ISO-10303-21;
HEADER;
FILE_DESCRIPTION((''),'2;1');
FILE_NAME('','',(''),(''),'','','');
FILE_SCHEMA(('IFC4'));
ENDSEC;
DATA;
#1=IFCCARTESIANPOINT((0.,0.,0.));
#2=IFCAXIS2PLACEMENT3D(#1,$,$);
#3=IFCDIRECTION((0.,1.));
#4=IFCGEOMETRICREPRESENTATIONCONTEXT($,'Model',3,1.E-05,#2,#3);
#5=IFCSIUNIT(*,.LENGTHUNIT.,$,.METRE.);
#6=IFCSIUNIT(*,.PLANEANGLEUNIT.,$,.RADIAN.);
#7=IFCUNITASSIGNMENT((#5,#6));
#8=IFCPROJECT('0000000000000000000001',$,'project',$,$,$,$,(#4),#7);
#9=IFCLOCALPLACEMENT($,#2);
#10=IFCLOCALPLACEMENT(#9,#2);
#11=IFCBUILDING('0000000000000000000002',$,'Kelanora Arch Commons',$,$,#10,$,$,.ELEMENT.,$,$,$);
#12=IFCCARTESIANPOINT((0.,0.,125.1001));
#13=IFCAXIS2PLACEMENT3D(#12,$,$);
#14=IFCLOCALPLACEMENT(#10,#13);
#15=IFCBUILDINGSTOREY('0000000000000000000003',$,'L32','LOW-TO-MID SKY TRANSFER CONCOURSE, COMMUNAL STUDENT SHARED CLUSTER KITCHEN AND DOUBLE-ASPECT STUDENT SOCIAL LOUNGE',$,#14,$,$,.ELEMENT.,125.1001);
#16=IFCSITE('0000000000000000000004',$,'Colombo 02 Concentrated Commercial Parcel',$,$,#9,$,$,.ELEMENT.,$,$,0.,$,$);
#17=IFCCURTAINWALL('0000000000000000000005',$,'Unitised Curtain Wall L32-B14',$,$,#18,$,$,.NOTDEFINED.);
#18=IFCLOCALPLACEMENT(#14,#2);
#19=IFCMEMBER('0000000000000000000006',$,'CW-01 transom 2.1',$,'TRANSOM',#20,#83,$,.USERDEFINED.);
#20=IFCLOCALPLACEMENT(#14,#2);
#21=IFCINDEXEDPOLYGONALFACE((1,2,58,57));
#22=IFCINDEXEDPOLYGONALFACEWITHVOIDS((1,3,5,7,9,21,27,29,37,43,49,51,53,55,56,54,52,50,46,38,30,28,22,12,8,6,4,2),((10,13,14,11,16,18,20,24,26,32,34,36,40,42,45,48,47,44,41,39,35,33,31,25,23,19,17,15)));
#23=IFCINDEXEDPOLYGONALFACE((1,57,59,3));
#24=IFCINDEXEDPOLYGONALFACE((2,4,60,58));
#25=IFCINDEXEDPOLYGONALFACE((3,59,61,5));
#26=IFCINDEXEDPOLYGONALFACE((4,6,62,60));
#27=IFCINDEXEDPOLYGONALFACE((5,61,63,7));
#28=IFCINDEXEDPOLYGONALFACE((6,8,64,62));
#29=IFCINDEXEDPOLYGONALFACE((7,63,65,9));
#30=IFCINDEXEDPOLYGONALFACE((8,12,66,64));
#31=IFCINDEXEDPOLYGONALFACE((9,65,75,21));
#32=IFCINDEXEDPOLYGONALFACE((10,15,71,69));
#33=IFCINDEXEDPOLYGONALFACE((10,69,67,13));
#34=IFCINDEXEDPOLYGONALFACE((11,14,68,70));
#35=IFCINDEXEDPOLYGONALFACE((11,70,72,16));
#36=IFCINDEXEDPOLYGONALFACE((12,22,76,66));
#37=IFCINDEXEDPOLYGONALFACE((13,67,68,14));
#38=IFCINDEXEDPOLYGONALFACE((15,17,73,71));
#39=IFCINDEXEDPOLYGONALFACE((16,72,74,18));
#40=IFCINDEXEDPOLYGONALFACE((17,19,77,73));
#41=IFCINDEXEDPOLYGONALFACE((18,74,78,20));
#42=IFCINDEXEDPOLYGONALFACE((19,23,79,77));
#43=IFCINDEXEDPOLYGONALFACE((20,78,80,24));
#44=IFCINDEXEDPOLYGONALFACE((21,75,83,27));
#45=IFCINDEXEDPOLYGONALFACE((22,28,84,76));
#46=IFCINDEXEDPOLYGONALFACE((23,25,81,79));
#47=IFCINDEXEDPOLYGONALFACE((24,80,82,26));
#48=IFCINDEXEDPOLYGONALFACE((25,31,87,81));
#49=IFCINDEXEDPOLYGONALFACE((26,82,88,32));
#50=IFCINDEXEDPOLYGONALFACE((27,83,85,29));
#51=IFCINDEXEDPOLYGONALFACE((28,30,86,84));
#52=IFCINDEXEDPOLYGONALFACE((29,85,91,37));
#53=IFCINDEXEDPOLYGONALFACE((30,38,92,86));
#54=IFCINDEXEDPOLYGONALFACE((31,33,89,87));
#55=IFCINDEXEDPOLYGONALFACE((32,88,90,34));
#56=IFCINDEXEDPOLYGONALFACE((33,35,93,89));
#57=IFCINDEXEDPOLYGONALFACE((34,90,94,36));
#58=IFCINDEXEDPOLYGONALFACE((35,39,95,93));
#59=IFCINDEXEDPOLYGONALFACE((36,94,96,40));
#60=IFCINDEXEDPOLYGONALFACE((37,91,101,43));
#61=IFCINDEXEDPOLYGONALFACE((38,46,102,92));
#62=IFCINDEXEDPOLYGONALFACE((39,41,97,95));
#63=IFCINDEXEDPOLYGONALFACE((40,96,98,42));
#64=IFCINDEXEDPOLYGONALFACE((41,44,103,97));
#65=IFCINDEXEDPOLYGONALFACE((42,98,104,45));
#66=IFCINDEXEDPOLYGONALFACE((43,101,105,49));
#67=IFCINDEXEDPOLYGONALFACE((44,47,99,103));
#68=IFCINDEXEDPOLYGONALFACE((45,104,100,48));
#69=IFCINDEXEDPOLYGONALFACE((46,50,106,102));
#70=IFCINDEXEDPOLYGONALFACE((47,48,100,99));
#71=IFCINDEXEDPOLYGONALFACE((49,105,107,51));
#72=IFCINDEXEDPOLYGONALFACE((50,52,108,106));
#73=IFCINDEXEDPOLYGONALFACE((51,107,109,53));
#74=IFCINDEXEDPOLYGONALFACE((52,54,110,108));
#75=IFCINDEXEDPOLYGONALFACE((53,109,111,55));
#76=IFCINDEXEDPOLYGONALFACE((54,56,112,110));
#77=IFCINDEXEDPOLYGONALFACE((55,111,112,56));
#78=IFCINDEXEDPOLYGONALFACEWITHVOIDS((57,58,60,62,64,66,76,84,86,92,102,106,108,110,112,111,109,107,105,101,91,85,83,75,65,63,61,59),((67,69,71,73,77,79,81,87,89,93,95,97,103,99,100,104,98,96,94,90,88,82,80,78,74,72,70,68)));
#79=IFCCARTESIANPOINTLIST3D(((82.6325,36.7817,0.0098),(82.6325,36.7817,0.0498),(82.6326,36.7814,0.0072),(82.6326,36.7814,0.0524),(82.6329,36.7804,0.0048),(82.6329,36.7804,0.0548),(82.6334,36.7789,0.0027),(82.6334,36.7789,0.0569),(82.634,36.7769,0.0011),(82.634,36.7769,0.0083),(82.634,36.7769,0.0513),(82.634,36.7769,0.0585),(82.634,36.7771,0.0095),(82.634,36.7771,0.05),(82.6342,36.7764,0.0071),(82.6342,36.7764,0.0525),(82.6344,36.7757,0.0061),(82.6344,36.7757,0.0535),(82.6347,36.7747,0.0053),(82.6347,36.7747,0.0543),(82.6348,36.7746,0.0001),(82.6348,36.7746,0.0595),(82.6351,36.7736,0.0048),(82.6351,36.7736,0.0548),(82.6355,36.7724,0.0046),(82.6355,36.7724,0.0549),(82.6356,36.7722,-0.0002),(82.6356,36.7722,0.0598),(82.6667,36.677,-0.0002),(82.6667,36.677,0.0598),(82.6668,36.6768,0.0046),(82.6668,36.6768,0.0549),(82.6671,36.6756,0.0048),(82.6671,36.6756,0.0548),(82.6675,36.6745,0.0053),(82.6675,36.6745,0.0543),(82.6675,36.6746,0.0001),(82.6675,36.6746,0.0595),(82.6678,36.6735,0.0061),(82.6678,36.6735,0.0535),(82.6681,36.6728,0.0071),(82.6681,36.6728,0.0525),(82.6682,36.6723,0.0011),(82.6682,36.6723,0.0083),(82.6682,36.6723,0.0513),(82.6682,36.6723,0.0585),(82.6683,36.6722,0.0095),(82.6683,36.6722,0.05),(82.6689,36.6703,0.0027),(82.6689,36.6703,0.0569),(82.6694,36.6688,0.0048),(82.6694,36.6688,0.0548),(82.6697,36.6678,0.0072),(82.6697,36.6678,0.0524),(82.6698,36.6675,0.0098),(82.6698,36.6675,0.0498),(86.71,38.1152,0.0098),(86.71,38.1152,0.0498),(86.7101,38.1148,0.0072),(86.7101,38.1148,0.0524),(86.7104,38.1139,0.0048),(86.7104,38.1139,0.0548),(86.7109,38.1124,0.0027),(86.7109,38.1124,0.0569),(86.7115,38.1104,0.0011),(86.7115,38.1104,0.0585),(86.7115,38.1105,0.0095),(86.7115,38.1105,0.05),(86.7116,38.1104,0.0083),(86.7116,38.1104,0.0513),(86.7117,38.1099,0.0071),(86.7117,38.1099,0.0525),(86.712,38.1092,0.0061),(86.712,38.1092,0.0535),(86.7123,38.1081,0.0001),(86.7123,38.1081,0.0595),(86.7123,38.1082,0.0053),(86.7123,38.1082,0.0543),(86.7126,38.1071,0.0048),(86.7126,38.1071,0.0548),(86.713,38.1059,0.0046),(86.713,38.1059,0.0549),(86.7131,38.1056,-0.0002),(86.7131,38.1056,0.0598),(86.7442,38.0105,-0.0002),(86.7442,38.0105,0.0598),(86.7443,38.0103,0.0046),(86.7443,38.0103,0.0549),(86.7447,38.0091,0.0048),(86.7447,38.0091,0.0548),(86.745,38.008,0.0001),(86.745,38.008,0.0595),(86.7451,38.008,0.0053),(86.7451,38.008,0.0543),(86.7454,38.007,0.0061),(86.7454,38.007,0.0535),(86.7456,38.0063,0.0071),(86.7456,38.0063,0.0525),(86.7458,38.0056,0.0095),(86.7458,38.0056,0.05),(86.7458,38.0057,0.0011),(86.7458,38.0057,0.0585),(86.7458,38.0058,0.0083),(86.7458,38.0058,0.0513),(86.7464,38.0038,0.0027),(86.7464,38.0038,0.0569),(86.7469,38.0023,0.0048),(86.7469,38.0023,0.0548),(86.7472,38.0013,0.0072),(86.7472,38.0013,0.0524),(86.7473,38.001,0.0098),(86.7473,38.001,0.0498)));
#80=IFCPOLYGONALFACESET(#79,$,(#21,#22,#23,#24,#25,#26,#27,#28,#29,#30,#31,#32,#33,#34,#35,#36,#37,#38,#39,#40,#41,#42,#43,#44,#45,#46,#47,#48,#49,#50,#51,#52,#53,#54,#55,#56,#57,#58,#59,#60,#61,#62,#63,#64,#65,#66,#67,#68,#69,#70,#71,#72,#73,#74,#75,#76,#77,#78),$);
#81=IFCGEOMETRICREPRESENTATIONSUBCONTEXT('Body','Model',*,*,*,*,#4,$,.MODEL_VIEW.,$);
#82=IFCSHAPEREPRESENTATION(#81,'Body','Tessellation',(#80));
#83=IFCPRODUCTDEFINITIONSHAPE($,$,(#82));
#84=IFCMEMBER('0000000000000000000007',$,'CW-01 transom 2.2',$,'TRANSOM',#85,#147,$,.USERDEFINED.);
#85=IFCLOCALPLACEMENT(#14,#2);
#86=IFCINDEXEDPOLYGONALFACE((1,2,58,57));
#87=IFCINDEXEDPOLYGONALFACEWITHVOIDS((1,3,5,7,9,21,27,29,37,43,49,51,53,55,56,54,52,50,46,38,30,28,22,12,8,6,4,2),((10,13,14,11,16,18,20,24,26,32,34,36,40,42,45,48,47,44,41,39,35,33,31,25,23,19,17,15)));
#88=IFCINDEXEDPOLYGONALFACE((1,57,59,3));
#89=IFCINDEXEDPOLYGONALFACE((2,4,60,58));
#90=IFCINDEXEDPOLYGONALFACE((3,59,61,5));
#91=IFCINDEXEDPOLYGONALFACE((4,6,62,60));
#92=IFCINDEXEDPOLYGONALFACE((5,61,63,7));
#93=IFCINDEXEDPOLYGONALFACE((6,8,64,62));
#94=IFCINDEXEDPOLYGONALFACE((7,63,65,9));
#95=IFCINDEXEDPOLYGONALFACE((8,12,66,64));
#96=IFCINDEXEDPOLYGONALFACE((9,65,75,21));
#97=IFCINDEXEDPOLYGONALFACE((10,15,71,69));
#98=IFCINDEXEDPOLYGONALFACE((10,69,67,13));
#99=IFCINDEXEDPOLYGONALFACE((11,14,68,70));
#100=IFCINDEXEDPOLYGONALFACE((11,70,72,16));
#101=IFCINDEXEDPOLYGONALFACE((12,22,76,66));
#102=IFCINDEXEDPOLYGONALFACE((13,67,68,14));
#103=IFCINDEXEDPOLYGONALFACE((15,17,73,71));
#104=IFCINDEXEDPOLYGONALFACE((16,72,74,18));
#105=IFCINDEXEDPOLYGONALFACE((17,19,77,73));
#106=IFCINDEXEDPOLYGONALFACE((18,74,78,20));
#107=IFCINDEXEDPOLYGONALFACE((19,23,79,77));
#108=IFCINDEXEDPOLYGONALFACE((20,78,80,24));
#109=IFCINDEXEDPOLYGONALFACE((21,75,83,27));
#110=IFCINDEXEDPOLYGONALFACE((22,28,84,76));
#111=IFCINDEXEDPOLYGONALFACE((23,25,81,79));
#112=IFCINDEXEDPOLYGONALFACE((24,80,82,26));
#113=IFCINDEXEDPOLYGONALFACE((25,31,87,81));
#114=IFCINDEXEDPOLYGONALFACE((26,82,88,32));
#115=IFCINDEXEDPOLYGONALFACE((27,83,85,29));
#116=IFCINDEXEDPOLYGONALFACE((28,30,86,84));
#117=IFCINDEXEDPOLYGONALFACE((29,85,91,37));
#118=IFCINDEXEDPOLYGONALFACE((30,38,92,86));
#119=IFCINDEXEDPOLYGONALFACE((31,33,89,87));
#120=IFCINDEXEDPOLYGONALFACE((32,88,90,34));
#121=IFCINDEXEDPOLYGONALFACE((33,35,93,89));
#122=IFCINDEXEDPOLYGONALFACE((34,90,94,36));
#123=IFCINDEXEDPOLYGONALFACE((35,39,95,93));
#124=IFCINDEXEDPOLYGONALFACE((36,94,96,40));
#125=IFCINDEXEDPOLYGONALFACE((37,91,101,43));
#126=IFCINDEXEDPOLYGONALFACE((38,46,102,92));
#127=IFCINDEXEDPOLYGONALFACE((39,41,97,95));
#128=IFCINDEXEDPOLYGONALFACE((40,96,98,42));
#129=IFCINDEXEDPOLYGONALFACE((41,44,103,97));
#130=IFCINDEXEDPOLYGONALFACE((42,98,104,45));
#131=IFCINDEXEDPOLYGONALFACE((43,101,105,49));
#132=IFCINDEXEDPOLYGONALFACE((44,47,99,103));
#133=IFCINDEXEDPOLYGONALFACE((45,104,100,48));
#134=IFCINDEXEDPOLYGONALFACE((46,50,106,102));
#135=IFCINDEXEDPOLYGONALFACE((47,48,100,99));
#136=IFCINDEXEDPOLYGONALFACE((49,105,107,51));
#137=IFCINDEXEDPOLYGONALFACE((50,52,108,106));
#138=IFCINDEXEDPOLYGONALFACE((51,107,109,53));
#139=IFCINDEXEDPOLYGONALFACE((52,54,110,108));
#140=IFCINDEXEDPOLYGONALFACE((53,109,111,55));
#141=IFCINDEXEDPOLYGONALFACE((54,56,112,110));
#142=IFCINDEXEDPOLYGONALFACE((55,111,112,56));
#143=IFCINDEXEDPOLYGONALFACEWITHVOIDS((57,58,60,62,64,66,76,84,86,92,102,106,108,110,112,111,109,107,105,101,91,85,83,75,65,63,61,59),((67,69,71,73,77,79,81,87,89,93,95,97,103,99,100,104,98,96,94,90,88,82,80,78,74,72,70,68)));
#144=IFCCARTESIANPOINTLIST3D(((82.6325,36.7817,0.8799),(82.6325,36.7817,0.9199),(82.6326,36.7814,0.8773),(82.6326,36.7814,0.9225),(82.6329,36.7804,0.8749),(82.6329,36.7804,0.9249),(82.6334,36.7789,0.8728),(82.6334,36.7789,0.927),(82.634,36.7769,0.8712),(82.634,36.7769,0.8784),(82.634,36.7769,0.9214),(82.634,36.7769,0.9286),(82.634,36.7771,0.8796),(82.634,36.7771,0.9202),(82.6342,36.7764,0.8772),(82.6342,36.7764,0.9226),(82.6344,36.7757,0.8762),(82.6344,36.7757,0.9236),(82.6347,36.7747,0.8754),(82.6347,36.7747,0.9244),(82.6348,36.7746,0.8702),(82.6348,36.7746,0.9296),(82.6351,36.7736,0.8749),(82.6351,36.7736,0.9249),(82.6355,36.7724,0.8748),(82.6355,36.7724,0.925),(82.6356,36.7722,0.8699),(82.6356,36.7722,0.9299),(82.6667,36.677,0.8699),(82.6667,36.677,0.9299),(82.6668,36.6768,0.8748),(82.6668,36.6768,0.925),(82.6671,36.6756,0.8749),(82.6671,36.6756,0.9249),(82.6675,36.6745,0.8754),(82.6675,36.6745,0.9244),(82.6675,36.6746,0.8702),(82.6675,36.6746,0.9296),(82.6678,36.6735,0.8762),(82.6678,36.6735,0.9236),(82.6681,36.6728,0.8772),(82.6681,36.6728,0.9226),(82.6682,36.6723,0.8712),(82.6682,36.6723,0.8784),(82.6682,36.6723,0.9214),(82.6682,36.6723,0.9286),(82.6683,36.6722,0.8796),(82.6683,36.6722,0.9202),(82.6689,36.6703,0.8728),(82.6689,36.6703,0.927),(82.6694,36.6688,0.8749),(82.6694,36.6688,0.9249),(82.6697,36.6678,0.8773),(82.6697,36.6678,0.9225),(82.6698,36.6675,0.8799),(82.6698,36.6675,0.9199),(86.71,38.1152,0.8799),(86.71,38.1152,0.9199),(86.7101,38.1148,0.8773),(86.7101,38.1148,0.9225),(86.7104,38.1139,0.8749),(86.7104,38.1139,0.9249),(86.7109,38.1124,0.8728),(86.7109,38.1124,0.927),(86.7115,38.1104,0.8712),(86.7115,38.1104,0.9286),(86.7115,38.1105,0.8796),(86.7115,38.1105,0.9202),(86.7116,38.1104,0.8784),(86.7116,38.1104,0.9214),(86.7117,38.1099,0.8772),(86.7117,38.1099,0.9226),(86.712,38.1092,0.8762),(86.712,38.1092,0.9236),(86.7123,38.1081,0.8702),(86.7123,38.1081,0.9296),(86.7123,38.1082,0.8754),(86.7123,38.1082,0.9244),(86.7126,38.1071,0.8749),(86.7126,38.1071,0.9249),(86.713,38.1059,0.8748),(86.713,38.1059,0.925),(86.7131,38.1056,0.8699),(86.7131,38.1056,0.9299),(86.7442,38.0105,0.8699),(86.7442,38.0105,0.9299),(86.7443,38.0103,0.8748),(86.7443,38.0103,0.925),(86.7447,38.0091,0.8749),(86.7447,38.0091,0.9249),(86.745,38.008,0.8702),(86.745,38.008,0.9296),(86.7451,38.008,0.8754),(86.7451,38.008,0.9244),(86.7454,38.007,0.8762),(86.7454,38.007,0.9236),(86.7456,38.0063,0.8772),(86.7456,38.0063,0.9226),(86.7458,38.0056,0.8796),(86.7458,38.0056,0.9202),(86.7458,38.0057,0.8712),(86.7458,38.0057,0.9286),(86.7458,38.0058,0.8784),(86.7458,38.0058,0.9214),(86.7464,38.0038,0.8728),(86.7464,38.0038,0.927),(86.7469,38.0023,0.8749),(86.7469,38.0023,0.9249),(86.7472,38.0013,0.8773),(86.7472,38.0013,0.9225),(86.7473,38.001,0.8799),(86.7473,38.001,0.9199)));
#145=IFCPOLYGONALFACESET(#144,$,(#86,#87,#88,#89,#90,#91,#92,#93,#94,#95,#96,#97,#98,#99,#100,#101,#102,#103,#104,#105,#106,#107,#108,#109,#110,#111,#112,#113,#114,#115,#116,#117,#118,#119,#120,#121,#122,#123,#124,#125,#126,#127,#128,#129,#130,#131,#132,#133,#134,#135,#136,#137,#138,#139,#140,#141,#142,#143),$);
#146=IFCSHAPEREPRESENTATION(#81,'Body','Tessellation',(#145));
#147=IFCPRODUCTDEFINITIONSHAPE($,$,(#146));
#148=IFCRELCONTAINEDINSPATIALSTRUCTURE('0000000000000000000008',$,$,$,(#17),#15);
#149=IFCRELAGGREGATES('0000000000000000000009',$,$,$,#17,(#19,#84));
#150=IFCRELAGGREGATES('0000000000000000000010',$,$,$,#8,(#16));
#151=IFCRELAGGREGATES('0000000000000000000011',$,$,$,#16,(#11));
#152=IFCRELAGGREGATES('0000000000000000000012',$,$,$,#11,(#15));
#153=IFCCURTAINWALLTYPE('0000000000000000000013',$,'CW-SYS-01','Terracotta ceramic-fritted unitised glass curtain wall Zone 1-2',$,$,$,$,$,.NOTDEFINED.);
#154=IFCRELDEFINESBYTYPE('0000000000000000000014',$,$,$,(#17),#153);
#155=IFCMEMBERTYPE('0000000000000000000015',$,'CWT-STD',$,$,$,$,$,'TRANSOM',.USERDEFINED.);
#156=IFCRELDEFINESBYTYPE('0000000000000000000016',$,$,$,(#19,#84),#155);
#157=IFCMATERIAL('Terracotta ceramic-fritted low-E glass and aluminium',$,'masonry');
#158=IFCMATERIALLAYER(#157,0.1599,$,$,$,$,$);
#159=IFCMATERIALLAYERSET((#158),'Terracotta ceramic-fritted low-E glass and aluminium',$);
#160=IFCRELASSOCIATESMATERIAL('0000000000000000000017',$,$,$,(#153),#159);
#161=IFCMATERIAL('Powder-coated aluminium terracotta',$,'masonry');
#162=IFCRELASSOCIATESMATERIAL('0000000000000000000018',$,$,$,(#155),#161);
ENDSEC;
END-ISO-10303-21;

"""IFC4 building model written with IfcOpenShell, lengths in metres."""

from ifc_helpers import new_model, si_unit, direction, frame, origin, origin_2d, place, context, subcontext, project, spatial, hollow_rectangle, extrude, material, layer, layer_set, material_profile, profile_set, type_object, element, aggregate, save


model = new_model("IFC4")

# Units and contexts
model_context = context("Model", 3, precision=1e-05, world=origin(), true_north=direction((0.0, 1.0)))
body_context = subcontext(model_context, "Body", "Model", "MODEL_VIEW")
ifc_project = project(units=[si_unit("LENGTHUNIT", "METRE"), si_unit("PLANEANGLEUNIT", "RADIAN")], contexts=[model_context])

# Site, building, storey
site_placement = place(None, origin())
site = spatial("IfcSite", under=ifc_project, at=site_placement, Name="Colombo 02 Concentrated Commercial Parcel", CompositionType="ELEMENT", RefElevation=0.0)
building_placement = place(site_placement, origin())
building = spatial("IfcBuilding", under=site, at=building_placement, Name="Kelanora Arch Commons", CompositionType="ELEMENT")
storey_placement = place(building_placement, frame((0.0, 0.0, 125.1001)))
storey = spatial("IfcBuildingStorey", under=building, at=storey_placement, Name="L32", Description="LOW-TO-MID SKY TRANSFER CONCOURSE, COMMUNAL STUDENT SHARED CLUSTER KITCHEN AND DOUBLE-ASPECT STUDENT SOCIAL LOUNGE", CompositionType="ELEMENT", Elevation=125.1001)

# Curtain wall, members
ifc_material_1 = material(Name="Terracotta ceramic-fritted low-E glass and aluminium", Category="masonry")
ifc_layer_1 = layer(ifc_material_1, 0.1599)
ifc_layer_set_1 = layer_set([ifc_layer_1], Name="Terracotta ceramic-fritted low-E glass and aluminium")
curtain_wall_type = type_object("IfcCurtainWallType", Name="CW-SYS-01", Description="Terracotta ceramic-fritted unitised glass curtain wall Zone 1-2", PredefinedType="NOTDEFINED", material=ifc_layer_set_1)
curtain_wall_placement = place(storey_placement, origin())
curtain_wall = element("IfcCurtainWall", 1, at=curtain_wall_placement, inside=storey, type_object=curtain_wall_type, Name="Unitised Curtain Wall L32-B14", PredefinedType="NOTDEFINED")
ifc_material_2 = material(Name="Powder-coated aluminium terracotta", Category="masonry")
ifc_material_profile_1 = material_profile(ifc_material_2, hollow_rectangle(XDim=0.1201, YDim=0.0601, WallThickness=0.0049, InnerFilletRadius=0.0049, OuterFilletRadius=0.01, at=origin_2d()), Name="CWT120x60")
ifc_profile_set_1 = profile_set([ifc_material_profile_1], Name="Powder-coated aluminium terracotta")
member_type_1 = type_object("IfcMemberType", Name="CWT-STD", ElementType="TRANSOM", PredefinedType="USERDEFINED", material=ifc_profile_set_1)
member_1_placement = place(storey_placement, frame((82.6511, 36.7246, 0.0298), z_axis=(0.950466, 0.310828, 0.0), x_axis=(-0.310828, 0.950466, 0.0)))
member_1 = element("IfcMember", 2, at=member_1_placement, type_object=member_type_1, Name="CW-01 transom 2.1", ObjectType="TRANSOM", PredefinedType="USERDEFINED", context=body_context, shape_type="SweptSolid", body=[
    extrude(hollow_rectangle(XDim=0.1201, YDim=0.0601, WallThickness=0.0049, InnerFilletRadius=0.0049, OuterFilletRadius=0.01, at=origin_2d()), origin(), (0.0, 0.0, 1.0), 4.29),
])
member_2_placement = place(storey_placement, frame((82.6511, 36.7246, 0.8999), z_axis=(0.950466, 0.310828, 0.0), x_axis=(-0.310828, 0.950466, 0.0)))
member_2 = element("IfcMember", 3, at=member_2_placement, type_object=member_type_1, Name="CW-01 transom 2.2", ObjectType="TRANSOM", PredefinedType="USERDEFINED", context=body_context, shape_type="SweptSolid", body=[
    extrude(hollow_rectangle(XDim=0.1201, YDim=0.0601, WallThickness=0.0049, InnerFilletRadius=0.0049, OuterFilletRadius=0.01, at=origin_2d()), origin(), (0.0, 0.0, 1.0), 4.29),
])
aggregate(curtain_wall, [member_1, member_2])

save(model, "model.ifc")
